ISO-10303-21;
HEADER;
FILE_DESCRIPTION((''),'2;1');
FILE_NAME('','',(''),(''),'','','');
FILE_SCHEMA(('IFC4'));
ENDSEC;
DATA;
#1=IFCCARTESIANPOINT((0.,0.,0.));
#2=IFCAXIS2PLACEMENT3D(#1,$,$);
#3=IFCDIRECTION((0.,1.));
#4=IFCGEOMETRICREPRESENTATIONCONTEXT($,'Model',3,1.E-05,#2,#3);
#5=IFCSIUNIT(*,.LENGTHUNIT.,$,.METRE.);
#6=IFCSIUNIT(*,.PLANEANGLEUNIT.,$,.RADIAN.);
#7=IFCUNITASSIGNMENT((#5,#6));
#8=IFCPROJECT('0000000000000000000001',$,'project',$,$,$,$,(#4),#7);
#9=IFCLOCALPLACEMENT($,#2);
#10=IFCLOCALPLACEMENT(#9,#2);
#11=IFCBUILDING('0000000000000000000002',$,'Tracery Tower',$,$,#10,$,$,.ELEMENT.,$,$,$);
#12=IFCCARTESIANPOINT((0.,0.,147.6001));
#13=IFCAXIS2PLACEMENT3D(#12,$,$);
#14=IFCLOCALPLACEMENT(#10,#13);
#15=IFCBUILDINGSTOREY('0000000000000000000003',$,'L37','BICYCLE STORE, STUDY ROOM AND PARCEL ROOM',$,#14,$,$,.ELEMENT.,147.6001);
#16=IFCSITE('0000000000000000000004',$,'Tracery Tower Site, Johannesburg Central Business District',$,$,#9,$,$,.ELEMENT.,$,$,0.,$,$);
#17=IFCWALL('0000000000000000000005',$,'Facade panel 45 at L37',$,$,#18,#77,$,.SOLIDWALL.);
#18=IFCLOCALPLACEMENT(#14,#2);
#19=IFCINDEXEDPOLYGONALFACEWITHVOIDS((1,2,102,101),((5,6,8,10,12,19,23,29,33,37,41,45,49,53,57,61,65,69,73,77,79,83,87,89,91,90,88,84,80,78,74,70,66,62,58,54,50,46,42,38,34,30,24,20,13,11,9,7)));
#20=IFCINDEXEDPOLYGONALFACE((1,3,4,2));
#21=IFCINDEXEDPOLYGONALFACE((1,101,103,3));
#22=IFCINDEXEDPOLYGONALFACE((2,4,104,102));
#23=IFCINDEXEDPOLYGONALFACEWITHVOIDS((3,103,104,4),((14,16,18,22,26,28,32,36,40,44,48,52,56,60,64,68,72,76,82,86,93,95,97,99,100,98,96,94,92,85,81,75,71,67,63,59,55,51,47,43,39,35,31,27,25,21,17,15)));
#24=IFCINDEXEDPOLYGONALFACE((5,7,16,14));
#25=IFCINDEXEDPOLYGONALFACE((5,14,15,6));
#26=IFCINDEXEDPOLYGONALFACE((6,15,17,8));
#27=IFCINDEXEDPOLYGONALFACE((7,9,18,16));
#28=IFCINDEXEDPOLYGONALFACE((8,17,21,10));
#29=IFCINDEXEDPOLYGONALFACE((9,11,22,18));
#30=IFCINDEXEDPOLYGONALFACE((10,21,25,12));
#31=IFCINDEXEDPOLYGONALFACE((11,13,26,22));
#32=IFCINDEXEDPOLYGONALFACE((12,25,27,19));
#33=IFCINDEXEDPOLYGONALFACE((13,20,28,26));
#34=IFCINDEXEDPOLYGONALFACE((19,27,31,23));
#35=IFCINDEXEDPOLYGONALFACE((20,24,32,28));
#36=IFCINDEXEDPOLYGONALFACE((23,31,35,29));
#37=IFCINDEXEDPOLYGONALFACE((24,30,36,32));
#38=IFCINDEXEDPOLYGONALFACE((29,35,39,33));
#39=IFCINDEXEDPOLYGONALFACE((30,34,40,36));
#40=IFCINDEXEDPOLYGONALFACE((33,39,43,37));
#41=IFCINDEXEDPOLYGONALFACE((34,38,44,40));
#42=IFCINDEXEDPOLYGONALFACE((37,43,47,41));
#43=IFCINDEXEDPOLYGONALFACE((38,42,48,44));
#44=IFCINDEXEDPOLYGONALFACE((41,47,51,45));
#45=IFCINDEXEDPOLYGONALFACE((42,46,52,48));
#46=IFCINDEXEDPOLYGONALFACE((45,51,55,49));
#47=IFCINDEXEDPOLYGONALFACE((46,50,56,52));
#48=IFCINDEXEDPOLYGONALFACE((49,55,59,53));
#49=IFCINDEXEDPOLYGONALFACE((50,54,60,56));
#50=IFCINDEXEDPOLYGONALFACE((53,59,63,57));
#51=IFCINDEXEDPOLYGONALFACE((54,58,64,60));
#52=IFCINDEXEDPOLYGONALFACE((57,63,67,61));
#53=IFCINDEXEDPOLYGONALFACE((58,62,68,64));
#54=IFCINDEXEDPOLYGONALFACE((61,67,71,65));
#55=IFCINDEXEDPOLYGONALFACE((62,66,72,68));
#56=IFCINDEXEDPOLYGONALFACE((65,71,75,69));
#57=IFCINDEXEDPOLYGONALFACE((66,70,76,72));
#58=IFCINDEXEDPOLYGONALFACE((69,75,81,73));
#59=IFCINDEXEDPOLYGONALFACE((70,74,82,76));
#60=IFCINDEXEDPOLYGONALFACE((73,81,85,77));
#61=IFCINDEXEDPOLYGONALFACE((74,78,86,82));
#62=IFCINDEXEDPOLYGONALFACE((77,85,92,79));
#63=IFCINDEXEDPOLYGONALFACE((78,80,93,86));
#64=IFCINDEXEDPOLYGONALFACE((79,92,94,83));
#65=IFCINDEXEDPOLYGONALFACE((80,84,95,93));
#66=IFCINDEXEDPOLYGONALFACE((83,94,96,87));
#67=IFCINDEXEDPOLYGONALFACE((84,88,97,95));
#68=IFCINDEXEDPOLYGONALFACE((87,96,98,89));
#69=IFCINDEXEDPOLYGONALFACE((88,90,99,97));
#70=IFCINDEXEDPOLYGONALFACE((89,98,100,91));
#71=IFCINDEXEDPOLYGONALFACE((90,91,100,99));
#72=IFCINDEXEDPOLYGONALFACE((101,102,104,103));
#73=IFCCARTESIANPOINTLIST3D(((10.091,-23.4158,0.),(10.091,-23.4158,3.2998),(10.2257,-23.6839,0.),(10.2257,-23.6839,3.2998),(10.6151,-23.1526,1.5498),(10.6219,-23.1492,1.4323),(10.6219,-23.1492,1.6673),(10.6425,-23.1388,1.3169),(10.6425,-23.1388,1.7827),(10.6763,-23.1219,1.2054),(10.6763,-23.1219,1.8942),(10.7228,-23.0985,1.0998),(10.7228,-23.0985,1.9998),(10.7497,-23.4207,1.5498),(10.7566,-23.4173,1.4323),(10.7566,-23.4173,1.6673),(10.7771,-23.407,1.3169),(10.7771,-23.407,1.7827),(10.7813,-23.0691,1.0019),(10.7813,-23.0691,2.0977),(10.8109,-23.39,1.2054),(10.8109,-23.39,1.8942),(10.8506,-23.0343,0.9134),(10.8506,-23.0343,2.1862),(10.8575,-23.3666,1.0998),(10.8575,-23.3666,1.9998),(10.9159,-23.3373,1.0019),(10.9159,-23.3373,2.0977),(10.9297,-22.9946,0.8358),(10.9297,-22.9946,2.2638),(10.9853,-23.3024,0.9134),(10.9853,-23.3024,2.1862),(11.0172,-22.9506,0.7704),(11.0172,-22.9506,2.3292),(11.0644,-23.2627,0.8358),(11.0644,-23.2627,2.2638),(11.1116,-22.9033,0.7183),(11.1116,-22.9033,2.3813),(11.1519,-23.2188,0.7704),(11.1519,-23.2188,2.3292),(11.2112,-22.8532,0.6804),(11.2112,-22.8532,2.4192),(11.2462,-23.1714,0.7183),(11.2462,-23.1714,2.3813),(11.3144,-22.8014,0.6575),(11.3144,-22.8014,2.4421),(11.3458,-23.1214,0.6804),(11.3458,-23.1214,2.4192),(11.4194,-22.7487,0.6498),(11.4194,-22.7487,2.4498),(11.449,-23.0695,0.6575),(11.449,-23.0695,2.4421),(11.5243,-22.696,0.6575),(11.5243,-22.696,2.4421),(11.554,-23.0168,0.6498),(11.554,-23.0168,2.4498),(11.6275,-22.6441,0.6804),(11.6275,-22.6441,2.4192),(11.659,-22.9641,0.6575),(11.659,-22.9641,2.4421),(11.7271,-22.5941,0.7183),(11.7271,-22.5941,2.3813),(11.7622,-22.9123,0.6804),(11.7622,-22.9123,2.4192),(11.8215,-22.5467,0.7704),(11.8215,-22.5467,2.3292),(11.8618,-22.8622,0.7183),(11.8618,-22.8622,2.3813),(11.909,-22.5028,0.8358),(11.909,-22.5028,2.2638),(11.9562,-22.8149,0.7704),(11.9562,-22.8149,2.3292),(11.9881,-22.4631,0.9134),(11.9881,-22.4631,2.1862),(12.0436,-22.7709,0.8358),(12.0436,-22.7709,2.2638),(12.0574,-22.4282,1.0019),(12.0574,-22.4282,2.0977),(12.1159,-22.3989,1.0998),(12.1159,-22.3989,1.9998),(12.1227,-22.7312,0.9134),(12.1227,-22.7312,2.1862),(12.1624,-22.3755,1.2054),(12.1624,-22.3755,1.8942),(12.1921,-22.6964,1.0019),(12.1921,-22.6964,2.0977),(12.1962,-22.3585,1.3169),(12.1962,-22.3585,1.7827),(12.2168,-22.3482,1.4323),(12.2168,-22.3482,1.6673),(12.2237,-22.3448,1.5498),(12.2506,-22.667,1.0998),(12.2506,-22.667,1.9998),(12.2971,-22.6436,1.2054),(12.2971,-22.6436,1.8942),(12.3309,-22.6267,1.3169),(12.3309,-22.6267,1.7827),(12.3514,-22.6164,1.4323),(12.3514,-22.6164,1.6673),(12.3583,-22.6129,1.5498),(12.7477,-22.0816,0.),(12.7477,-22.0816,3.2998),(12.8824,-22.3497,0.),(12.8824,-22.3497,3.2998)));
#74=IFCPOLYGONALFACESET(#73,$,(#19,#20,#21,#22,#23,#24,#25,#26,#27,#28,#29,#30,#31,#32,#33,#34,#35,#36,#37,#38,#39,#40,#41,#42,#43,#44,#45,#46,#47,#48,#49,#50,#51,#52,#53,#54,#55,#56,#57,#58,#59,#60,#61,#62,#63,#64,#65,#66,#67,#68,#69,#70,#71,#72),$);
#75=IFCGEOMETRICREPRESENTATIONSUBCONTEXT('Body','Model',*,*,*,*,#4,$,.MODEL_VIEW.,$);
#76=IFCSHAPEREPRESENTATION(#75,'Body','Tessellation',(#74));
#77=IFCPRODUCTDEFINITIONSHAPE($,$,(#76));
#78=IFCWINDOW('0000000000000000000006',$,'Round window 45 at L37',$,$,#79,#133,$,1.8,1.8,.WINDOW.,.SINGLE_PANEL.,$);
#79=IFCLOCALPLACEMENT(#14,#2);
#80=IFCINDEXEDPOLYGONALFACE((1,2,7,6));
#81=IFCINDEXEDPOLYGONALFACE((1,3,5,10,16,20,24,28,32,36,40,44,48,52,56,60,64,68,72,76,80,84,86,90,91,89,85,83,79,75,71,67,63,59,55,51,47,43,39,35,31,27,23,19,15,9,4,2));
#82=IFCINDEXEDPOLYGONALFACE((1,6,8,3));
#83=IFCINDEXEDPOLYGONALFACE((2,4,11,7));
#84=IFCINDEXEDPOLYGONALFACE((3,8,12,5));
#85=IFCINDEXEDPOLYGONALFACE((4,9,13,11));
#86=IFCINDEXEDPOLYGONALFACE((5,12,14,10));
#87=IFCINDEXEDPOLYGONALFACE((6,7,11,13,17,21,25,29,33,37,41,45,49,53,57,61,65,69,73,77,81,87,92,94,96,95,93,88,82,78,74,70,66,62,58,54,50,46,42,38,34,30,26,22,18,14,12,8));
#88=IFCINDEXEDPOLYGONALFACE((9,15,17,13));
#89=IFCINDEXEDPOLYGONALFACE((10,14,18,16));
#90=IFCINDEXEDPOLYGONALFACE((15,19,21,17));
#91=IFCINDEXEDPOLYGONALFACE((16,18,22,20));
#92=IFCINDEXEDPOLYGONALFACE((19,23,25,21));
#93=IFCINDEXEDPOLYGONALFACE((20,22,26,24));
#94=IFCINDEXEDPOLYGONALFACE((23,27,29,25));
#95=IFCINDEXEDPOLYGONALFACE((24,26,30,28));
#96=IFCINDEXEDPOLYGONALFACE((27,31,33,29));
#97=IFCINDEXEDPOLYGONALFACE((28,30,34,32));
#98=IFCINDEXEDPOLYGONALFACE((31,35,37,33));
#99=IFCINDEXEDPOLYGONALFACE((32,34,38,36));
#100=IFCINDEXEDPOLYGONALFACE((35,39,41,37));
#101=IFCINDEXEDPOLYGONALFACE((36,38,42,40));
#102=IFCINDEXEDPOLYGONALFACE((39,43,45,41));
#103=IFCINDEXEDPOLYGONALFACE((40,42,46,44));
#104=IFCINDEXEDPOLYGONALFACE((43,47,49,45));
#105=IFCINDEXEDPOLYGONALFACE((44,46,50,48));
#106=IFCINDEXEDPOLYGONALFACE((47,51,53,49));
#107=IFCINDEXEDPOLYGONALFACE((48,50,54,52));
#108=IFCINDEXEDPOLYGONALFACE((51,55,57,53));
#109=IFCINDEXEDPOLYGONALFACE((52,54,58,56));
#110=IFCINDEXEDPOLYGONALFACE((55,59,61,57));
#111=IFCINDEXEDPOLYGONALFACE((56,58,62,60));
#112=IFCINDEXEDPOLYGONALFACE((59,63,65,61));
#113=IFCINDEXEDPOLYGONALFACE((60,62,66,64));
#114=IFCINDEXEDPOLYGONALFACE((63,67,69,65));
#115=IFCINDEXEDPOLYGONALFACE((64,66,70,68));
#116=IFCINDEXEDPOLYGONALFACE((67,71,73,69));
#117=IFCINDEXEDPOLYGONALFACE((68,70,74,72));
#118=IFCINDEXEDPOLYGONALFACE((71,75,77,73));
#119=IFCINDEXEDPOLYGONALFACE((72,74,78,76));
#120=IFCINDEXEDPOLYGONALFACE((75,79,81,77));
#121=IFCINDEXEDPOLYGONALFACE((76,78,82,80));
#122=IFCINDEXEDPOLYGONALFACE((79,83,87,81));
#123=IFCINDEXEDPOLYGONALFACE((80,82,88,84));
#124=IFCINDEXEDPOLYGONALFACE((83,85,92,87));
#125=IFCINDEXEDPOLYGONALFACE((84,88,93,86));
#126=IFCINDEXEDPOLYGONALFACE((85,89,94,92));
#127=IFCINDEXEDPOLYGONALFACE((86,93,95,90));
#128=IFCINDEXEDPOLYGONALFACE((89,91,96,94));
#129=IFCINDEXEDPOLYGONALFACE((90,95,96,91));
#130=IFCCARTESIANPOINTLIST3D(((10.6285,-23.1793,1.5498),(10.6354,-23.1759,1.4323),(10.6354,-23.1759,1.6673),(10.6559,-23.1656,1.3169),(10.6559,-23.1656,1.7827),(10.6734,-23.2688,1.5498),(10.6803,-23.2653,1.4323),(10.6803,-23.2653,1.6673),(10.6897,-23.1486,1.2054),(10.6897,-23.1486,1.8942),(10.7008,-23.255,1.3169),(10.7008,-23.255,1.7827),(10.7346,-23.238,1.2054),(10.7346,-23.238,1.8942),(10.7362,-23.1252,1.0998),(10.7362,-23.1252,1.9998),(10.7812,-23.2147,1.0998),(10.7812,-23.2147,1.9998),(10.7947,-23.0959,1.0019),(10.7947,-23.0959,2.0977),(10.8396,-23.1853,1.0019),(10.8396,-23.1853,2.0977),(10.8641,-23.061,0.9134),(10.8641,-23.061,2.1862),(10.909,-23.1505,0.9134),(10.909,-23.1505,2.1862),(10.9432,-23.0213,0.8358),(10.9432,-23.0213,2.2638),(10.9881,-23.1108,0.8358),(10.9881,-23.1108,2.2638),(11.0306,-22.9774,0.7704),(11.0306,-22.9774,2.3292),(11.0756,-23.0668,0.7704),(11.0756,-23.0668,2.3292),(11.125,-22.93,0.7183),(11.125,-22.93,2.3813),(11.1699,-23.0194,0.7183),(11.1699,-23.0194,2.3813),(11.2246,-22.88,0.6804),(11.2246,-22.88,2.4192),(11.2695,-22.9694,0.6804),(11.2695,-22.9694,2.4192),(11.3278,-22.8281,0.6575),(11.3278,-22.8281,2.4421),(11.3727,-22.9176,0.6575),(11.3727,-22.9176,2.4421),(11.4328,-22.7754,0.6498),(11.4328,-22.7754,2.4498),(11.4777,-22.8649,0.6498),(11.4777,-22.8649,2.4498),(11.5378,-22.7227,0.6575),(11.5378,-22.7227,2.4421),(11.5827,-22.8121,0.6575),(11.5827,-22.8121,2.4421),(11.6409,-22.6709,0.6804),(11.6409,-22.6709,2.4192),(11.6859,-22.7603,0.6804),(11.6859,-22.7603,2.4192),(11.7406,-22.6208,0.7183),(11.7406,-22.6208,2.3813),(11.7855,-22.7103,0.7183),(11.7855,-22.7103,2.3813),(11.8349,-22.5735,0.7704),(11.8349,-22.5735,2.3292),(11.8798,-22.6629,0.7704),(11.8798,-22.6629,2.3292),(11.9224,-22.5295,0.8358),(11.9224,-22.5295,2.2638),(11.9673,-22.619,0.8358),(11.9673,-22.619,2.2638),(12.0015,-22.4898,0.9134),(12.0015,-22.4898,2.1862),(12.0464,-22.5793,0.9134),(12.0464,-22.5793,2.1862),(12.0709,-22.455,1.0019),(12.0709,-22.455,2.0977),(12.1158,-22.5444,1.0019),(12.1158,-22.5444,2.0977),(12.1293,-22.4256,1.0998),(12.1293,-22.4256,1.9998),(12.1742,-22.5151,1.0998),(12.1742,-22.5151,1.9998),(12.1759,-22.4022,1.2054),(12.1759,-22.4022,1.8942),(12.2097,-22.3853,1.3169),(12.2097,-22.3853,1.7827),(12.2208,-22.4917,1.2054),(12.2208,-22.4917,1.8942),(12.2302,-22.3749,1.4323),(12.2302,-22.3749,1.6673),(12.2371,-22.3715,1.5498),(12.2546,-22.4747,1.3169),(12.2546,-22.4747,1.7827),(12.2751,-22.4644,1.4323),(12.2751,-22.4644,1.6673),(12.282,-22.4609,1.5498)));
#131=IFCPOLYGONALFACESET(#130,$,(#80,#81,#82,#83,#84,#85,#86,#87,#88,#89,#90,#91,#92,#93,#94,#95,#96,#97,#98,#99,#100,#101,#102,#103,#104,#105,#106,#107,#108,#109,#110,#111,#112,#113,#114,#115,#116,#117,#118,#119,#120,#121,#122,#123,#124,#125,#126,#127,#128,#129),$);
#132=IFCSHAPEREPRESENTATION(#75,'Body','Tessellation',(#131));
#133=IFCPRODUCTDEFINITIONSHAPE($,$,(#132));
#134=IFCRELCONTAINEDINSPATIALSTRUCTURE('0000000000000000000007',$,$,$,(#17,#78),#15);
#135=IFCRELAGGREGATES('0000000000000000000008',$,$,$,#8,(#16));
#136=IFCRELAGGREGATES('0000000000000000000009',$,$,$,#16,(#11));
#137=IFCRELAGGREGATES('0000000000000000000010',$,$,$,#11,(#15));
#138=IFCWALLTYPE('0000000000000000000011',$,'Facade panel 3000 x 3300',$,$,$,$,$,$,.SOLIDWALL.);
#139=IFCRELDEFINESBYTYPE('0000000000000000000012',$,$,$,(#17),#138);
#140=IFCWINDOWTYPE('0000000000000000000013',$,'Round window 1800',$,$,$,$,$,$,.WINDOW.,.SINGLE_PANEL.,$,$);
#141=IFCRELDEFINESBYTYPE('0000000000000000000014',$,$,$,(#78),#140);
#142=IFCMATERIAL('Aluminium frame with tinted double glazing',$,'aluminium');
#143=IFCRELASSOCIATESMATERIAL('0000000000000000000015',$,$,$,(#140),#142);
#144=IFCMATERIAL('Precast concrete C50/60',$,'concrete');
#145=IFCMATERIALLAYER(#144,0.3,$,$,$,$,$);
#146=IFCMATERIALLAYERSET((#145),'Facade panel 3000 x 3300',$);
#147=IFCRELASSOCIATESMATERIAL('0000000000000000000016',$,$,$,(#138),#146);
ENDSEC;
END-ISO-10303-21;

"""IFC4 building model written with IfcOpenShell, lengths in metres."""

from ifc_helpers import new_model, si_unit, direction, frame, frame_2d, origin, origin_2d, place, context, subcontext, project, spatial, rectangle, circle, extrude, material, layer, layer_set, type_object, element, fill, save


model = new_model("IFC4")

# Units and contexts
model_context = context("Model", 3, precision=1e-05, world=origin(), true_north=direction((0.0, 1.0)))
body_context = subcontext(model_context, "Body", "Model", "MODEL_VIEW")
ifc_project = project(units=[si_unit("LENGTHUNIT", "METRE"), si_unit("PLANEANGLEUNIT", "RADIAN")], contexts=[model_context])

# Site, building, storey
site_placement = place(None, origin())
site = spatial("IfcSite", under=ifc_project, at=site_placement, Name="Tracery Tower Site, Johannesburg Central Business District", CompositionType="ELEMENT", RefElevation=0.0)
building_placement = place(site_placement, origin())
building = spatial("IfcBuilding", under=site, at=building_placement, Name="Tracery Tower", CompositionType="ELEMENT")
storey_placement = place(building_placement, frame((0.0, 0.0, 147.6001)))
storey = spatial("IfcBuildingStorey", under=building, at=storey_placement, Name="L37", Description="BICYCLE STORE, STUDY ROOM AND PARCEL ROOM", CompositionType="ELEMENT", Elevation=147.6001)

# Wall, opening, window
ifc_material_1 = material(Name="Aluminium frame with tinted double glazing", Category="aluminium")
window_type = type_object("IfcWindowType", Name="Round window 1800", PartitioningType="SINGLE_PANEL", PredefinedType="WINDOW", material=ifc_material_1)
ifc_material_2 = material(Name="Precast concrete C50/60", Category="concrete")
ifc_layer_1 = layer(ifc_material_2, 0.3)
ifc_layer_set_1 = layer_set([ifc_layer_1], Name="Facade panel 3000 x 3300")
wall_type_1 = type_object("IfcWallType", Name="Facade panel 3000 x 3300", PredefinedType="SOLIDWALL", material=ifc_layer_set_1)
wall_1_placement = place(storey_placement, frame((10.1584, -23.5498, 0.0), z_axis=(0.0, 0.0, 1.0), x_axis=(0.893637, 0.44879, 0.0)))
wall_1 = element("IfcWall", 1, at=wall_1_placement, inside=storey, type_object=wall_type_1, Name="Facade panel 45 at L37", PredefinedType="SOLIDWALL", context=body_context, shape_type="SweptSolid", body=[
    extrude(rectangle(XDim=2.9729, YDim=0.3, at=frame_2d((1.4863, 0.0))), origin(), (0.0, 0.0, 1.0), 3.2998),
])
opening_1_placement = place(wall_1_placement, frame((1.4863, 0.0, 1.5498)))
opening_1 = element("IfcOpeningElement", 2, at=opening_1_placement, cuts=wall_1, PredefinedType="OPENING", context=body_context, shape_type="SweptSolid", body=[
    extrude(circle(Radius=0.9, at=origin_2d()), frame((0.0, 0.1599, 0.0), z_axis=(0.0, -1.0, 0.0), x_axis=(1.0, 0.0, 0.0)), (0.0, 0.0, 1.0), 0.3201),
])
window_1_placement = place(opening_1_placement, origin())
window_1 = element("IfcWindow", 3, at=window_1_placement, inside=storey, type_object=window_type, Name="Round window 45 at L37", OverallHeight=1.8, OverallWidth=1.8, PartitioningType="SINGLE_PANEL", PredefinedType="WINDOW", context=body_context, shape_type="SweptSolid", body=[
    extrude(circle(Radius=0.9, at=origin_2d()), frame((0.0, 0.1201, 0.0), z_axis=(0.0, -1.0, 0.0), x_axis=(1.0, 0.0, 0.0)), (0.0, 0.0, 1.0), 0.1001),
])
fill(opening_1, window_1)

save(model, "model.ifc")
